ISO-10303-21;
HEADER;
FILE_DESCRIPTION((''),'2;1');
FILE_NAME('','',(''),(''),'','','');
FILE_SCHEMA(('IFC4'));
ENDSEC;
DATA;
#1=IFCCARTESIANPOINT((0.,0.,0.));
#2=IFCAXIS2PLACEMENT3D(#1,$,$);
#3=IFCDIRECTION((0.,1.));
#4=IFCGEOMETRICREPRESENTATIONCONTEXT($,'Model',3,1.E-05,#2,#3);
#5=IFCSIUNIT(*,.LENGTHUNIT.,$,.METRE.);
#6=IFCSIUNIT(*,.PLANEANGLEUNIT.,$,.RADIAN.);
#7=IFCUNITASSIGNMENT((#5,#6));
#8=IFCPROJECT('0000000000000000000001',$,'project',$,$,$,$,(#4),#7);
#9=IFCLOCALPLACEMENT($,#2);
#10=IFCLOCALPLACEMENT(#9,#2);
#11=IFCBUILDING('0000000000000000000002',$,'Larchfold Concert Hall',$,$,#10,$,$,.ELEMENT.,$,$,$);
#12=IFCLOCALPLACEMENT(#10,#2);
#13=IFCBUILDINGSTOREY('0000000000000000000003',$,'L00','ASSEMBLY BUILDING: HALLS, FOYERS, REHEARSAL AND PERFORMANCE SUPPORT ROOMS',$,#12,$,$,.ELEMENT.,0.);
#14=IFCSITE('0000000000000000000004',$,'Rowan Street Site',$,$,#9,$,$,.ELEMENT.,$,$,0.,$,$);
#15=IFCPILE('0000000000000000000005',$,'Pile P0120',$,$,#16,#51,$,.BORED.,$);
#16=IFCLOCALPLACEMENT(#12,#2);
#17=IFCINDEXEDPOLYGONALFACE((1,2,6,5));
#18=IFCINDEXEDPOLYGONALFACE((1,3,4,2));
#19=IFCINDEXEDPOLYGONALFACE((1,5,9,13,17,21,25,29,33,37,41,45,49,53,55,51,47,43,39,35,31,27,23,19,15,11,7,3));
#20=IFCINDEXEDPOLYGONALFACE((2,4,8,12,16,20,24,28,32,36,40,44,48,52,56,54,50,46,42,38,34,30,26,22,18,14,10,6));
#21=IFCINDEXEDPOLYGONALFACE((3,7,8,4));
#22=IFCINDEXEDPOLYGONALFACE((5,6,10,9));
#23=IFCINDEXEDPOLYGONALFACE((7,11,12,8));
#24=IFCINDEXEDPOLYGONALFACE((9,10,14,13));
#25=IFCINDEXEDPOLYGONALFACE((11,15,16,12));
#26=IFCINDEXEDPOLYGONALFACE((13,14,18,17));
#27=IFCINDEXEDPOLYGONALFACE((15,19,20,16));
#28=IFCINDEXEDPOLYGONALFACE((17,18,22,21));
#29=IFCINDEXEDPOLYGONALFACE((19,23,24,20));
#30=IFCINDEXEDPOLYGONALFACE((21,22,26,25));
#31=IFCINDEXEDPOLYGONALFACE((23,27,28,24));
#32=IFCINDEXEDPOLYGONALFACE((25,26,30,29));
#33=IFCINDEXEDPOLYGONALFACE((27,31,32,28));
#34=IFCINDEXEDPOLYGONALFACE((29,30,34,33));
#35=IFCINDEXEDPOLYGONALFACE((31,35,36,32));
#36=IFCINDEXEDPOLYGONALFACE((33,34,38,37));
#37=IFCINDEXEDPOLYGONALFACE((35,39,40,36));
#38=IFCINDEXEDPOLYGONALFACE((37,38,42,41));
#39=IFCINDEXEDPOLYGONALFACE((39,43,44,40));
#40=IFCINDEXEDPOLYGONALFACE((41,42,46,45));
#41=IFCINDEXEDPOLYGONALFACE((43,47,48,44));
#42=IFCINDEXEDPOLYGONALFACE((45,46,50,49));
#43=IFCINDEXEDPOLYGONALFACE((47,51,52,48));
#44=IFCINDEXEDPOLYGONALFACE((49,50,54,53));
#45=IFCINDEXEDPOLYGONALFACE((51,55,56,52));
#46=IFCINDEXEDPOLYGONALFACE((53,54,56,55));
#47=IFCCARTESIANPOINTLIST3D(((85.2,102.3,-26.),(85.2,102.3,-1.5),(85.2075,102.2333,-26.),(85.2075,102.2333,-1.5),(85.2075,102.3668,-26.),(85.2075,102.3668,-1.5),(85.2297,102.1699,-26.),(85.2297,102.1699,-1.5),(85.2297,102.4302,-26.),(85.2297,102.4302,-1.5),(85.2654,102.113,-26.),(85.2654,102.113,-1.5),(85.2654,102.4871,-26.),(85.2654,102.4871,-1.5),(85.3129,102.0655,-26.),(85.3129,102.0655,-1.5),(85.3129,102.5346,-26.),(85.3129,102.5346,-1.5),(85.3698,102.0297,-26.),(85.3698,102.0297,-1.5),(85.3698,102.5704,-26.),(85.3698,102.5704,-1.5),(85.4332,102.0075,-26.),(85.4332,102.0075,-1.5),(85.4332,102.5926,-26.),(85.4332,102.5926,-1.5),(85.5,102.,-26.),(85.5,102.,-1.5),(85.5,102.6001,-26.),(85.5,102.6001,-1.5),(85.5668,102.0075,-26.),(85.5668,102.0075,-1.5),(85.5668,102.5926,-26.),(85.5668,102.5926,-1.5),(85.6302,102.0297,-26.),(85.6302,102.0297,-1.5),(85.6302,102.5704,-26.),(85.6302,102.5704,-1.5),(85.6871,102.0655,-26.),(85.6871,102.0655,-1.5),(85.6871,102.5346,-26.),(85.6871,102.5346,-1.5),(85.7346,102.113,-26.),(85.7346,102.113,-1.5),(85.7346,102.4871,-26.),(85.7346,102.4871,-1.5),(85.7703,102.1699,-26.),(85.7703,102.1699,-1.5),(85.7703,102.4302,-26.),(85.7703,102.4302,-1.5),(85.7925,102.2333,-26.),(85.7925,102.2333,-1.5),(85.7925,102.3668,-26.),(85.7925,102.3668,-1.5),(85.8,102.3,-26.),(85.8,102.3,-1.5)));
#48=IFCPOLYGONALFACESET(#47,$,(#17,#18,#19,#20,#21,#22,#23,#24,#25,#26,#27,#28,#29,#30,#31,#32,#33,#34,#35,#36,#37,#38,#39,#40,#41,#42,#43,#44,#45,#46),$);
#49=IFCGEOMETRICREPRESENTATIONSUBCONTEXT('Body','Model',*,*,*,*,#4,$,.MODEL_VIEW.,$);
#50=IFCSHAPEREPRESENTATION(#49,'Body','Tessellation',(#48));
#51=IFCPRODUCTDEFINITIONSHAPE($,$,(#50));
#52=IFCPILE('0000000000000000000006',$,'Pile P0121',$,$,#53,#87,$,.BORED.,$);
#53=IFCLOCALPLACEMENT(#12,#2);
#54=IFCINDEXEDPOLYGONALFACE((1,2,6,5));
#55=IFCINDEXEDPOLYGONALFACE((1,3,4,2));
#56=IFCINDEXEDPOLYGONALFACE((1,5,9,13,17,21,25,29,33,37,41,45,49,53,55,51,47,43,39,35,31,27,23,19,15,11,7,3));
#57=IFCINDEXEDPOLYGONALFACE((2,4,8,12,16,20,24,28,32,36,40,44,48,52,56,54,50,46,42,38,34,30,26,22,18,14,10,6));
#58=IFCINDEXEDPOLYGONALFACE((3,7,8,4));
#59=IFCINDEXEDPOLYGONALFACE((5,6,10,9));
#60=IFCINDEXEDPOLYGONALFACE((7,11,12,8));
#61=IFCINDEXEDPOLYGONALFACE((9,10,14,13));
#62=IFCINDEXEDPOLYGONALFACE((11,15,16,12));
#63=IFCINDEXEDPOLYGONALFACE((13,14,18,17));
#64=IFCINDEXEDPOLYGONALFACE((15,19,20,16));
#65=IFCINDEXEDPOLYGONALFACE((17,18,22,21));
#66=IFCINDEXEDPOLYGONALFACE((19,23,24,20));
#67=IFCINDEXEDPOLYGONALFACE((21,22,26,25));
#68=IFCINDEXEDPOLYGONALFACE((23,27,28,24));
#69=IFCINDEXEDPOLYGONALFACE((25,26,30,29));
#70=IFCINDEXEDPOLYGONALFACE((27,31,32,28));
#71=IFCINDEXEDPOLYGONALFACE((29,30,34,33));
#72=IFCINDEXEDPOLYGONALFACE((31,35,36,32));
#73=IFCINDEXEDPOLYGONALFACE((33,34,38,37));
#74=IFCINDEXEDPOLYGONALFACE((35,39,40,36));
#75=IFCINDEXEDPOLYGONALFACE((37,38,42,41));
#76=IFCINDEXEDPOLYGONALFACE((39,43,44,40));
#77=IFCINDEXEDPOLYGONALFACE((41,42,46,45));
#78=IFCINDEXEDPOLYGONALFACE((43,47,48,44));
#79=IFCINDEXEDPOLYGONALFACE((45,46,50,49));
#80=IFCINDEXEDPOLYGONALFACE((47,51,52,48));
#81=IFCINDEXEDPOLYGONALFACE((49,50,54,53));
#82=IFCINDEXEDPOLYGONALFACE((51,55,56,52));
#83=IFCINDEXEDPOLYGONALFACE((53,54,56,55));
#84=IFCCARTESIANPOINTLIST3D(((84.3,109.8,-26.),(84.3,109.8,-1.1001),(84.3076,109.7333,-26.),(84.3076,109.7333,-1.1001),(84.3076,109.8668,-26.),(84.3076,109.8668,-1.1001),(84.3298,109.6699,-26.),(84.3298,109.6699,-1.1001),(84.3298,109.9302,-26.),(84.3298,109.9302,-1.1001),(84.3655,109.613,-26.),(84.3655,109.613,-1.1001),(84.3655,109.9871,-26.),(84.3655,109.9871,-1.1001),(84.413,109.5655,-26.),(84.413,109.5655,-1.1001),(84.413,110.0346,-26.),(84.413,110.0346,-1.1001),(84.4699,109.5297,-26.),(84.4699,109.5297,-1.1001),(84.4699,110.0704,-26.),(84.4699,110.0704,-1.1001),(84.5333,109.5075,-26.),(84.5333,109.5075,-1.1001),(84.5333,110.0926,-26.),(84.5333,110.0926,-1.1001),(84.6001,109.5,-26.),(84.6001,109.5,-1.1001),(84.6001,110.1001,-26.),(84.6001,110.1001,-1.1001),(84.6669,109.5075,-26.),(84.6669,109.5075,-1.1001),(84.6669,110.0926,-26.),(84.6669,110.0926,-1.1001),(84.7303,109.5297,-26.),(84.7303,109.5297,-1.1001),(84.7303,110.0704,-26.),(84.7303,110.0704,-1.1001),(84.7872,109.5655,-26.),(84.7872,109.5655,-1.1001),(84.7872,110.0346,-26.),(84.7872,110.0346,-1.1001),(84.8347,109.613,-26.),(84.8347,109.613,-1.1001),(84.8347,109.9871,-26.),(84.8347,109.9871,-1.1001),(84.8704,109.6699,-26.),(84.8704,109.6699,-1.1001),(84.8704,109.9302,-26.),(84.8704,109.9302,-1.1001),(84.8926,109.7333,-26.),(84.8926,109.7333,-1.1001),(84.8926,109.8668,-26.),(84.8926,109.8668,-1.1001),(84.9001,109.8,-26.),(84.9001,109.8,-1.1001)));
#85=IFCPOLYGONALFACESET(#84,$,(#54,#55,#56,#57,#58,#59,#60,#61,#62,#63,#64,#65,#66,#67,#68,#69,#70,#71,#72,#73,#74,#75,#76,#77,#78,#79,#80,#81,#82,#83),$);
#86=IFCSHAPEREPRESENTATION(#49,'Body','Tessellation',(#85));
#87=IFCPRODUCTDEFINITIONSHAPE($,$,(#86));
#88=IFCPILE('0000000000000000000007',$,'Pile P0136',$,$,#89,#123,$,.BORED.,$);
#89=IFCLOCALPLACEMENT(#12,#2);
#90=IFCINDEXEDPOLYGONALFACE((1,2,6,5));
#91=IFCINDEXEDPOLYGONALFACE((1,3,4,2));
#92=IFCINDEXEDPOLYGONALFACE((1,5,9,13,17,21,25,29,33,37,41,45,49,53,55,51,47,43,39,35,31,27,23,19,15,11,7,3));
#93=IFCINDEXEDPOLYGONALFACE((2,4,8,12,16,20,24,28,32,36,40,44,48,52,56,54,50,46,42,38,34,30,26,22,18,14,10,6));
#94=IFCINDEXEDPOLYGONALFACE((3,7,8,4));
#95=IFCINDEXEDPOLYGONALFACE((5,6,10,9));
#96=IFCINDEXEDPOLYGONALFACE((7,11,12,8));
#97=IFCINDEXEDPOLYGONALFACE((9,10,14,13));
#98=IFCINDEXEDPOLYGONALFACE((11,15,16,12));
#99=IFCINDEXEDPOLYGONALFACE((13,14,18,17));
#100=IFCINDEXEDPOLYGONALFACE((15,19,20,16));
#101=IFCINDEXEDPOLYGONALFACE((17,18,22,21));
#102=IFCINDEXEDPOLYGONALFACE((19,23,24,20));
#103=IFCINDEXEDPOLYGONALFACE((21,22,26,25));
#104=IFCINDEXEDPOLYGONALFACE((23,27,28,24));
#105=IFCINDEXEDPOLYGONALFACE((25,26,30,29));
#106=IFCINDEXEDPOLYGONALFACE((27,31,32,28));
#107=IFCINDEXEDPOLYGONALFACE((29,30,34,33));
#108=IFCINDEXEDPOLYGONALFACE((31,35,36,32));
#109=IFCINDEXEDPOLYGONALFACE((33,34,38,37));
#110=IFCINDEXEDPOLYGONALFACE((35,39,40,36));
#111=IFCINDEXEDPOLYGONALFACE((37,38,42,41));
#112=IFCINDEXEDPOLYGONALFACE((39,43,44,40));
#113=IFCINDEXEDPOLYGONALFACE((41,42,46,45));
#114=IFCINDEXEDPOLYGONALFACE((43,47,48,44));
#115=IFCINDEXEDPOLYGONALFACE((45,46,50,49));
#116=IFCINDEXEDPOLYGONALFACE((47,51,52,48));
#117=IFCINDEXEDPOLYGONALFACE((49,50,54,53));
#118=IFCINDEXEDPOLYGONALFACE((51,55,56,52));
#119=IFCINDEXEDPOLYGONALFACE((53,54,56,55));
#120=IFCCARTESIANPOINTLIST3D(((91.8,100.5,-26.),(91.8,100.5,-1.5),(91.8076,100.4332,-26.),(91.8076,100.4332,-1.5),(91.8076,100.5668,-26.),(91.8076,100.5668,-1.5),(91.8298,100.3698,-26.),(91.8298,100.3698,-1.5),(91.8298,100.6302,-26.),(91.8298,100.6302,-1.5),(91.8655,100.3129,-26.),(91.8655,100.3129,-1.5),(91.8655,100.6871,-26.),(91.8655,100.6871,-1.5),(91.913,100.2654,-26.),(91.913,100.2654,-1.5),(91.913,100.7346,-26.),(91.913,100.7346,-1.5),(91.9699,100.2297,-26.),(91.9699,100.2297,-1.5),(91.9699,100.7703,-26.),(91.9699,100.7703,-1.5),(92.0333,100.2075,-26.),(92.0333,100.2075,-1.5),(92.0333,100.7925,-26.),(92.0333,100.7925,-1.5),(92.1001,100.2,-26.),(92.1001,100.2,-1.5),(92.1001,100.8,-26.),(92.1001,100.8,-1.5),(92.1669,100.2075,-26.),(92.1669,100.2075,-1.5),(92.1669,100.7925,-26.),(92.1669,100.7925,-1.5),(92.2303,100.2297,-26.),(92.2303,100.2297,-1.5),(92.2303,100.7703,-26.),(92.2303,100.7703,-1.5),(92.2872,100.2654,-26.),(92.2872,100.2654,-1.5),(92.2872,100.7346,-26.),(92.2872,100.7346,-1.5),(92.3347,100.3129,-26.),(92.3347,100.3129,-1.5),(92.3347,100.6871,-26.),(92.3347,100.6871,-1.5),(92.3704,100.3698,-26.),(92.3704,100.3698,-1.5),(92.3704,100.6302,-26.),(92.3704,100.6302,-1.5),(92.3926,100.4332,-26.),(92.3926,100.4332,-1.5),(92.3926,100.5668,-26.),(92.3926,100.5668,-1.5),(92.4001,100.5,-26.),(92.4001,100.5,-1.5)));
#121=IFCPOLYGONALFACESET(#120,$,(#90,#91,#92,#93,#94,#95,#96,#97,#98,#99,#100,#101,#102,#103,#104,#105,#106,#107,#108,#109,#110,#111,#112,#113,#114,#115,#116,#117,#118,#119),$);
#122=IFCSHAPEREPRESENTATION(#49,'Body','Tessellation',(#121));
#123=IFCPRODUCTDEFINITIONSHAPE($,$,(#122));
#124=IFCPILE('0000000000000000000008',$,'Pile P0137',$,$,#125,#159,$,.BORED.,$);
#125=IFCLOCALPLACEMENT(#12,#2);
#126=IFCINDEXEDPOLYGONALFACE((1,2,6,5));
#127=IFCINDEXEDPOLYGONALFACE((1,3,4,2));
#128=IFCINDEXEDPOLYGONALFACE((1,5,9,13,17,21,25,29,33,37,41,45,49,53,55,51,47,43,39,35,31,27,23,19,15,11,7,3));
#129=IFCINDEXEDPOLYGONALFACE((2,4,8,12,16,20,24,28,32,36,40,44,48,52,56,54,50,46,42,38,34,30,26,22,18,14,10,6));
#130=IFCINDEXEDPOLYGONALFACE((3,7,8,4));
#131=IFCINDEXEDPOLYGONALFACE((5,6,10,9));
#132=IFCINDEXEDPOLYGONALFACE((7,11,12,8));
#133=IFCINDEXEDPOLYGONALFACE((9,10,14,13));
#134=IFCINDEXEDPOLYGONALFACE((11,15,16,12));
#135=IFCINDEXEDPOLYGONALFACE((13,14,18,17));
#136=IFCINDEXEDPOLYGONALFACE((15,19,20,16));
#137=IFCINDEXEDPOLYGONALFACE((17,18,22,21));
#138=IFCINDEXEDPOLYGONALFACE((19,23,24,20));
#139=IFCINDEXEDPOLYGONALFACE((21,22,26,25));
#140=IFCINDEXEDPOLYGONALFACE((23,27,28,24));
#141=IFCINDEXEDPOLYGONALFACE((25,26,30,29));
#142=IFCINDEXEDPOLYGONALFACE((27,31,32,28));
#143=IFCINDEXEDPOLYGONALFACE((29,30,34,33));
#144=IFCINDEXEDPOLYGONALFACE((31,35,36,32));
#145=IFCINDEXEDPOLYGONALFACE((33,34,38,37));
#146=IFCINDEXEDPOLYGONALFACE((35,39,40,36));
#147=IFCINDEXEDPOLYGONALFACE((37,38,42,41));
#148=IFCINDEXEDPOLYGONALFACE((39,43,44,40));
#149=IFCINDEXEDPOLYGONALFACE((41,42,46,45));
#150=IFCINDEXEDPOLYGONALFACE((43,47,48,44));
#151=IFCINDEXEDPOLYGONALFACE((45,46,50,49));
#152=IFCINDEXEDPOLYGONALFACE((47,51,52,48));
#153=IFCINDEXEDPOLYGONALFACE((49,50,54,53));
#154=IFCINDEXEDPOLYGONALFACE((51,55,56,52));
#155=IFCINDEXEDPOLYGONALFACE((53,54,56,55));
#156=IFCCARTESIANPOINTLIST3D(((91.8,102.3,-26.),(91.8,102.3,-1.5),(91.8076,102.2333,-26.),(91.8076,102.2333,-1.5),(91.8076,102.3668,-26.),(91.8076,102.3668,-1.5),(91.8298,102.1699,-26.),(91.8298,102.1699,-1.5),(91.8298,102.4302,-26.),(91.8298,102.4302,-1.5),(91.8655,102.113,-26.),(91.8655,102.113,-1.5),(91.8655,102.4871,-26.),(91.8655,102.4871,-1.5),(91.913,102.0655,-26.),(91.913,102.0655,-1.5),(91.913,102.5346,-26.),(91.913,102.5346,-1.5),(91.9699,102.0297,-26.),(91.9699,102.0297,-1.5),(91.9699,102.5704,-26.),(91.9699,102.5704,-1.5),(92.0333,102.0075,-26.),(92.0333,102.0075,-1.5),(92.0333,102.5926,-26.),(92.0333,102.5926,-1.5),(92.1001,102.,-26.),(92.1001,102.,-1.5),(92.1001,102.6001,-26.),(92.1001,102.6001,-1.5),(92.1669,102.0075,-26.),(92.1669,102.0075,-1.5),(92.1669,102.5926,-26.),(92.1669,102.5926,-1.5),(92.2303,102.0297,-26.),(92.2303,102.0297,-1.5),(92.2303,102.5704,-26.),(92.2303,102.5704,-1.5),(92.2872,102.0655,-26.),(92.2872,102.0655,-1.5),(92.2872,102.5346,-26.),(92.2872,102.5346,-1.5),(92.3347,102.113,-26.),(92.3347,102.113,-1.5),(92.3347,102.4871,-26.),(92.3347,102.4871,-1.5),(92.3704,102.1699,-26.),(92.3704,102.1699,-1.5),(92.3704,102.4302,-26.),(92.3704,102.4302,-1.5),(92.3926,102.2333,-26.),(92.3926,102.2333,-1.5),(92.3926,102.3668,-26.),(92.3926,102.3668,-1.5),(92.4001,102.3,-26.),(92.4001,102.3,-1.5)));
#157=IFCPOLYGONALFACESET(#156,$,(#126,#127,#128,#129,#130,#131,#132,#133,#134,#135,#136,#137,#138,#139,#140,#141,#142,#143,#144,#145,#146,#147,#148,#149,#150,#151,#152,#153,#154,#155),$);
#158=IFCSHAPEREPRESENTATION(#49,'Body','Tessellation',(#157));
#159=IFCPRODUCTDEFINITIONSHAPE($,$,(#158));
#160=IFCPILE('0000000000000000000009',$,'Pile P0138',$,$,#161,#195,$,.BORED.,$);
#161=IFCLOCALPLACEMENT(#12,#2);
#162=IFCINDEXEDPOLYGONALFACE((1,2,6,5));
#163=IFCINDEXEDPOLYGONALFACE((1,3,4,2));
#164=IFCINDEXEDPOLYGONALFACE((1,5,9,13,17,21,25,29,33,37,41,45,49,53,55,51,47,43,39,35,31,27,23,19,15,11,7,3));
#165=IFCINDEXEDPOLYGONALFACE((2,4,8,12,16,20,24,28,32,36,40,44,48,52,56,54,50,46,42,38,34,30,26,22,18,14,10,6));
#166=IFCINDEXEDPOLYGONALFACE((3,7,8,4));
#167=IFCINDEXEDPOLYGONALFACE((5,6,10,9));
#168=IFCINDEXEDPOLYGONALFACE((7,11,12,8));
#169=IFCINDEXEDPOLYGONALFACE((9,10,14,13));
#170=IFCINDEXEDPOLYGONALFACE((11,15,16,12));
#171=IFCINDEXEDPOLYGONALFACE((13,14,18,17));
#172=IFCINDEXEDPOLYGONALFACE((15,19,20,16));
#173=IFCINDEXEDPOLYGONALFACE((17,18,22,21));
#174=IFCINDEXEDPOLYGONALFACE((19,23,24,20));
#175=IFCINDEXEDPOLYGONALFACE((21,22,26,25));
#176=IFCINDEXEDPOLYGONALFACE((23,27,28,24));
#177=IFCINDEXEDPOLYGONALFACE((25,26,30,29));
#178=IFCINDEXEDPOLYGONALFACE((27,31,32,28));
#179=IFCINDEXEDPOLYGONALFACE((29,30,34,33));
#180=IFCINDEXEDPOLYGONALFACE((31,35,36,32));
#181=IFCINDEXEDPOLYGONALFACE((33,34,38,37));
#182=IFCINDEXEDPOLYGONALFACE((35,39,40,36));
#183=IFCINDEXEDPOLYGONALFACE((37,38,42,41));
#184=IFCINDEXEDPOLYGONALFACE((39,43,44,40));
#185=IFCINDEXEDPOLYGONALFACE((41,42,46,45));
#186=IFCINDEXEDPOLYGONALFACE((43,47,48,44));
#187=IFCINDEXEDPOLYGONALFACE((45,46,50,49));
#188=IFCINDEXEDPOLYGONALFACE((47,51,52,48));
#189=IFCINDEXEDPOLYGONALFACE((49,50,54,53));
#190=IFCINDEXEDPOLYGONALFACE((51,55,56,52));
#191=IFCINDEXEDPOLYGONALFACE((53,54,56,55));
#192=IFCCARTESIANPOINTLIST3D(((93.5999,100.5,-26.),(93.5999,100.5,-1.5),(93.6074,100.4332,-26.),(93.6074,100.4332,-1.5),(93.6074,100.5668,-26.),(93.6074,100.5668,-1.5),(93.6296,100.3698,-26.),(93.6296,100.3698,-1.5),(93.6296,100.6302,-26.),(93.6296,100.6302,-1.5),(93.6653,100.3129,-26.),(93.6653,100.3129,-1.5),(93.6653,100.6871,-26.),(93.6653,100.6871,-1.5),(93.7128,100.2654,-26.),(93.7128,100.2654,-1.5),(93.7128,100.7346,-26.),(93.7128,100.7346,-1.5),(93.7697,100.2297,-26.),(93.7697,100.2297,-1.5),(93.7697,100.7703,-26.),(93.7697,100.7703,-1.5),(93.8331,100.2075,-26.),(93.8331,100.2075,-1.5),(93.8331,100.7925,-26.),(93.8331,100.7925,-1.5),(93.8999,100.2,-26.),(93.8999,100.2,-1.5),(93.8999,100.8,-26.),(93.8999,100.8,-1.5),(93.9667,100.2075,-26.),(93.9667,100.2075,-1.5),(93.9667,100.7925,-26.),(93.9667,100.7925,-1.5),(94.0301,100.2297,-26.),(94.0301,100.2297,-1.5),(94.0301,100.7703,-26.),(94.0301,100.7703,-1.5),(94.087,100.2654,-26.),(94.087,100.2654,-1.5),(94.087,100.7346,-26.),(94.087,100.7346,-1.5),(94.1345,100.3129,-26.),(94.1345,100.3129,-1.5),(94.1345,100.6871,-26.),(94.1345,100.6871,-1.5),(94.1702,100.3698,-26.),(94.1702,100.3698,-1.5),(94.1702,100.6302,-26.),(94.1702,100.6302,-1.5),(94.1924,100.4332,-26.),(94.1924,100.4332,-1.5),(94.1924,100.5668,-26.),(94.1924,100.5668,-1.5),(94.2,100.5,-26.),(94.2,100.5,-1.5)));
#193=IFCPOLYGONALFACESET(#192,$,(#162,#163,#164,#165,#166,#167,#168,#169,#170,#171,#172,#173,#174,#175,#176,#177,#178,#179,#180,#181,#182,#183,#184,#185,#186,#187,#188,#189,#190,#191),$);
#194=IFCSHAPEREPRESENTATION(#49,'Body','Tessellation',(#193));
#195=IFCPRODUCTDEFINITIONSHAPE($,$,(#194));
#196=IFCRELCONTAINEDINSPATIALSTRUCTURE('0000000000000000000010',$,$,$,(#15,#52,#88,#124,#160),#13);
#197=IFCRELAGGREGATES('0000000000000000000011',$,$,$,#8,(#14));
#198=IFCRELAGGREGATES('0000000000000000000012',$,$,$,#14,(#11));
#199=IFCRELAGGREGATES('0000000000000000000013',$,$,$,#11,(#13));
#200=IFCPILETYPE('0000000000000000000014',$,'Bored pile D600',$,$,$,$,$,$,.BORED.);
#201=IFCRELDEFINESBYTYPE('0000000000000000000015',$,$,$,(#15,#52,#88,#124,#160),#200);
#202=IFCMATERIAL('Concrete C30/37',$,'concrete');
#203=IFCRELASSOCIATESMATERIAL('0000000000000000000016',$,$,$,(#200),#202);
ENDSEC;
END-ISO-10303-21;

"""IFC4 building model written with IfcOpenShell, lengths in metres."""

from ifc_helpers import new_model, si_unit, direction, frame, origin, origin_2d, place, context, subcontext, project, spatial, circle, extrude, material, material_profile, profile_set, type_object, element, save


model = new_model("IFC4")

# Units and contexts
model_context = context("Model", 3, precision=1e-05, world=origin(), true_north=direction((0.0, 1.0)))
body_context = subcontext(model_context, "Body", "Model", "MODEL_VIEW")
ifc_project = project(units=[si_unit("LENGTHUNIT", "METRE"), si_unit("PLANEANGLEUNIT", "RADIAN")], contexts=[model_context])

# Site, building, storey
site_placement = place(None, origin())
site = spatial("IfcSite", under=ifc_project, at=site_placement, Name="Rowan Street Site", CompositionType="ELEMENT", RefElevation=0.0)
building_placement = place(site_placement, origin())
building = spatial("IfcBuilding", under=site, at=building_placement, Name="Larchfold Concert Hall", CompositionType="ELEMENT")
storey_placement = place(building_placement, origin())
storey = spatial("IfcBuildingStorey", under=building, at=storey_placement, Name="L00", Description="ASSEMBLY BUILDING: HALLS, FOYERS, REHEARSAL AND PERFORMANCE SUPPORT ROOMS", CompositionType="ELEMENT", Elevation=0.0)

# Piles
ifc_material_1 = material(Name="Concrete C30/37", Category="concrete")
ifc_material_profile_1 = material_profile(ifc_material_1, circle(Radius=0.3, at=origin_2d()))
ifc_profile_set_1 = profile_set([ifc_material_profile_1], Name="Concrete C30/37")
pile_type = type_object("IfcPileType", Name="Bored pile D600", PredefinedType="BORED", material=ifc_profile_set_1)
pile_1_placement = place(storey_placement, frame((85.5, 102.3, -1.5), z_axis=(0.0, 0.0, -1.0), x_axis=(1.0, 0.0, 0.0)))
element("IfcPile", 1, at=pile_1_placement, inside=storey, type_object=pile_type, Name="Pile P0120", PredefinedType="BORED", context=body_context, shape_type="SweptSolid", body=[
    extrude(circle(Radius=0.3, at=origin_2d()), origin(), (0.0, 0.0, 1.0), 24.5),
])
pile_2_placement = place(storey_placement, frame((84.6001, 109.8, -1.1001), z_axis=(0.0, 0.0, -1.0), x_axis=(1.0, 0.0, 0.0)))
element("IfcPile", 2, at=pile_2_placement, inside=storey, type_object=pile_type, Name="Pile P0121", PredefinedType="BORED", context=body_context, shape_type="SweptSolid", body=[
    extrude(circle(Radius=0.3, at=origin_2d()), origin(), (0.0, 0.0, 1.0), 24.8999),
])
for number, where, z_axis, x_axis, name in (
    (3, (92.1001, 100.5, -1.5), (0.0, 0.0, -1.0), (1.0, 0.0, 0.0), "Pile P0136"),
    (4, (92.1001, 102.3, -1.5), (0.0, 0.0, -1.0), (1.0, 0.0, 0.0), "Pile P0137"),
    (5, (93.8999, 100.5, -1.5), (0.0, 0.0, -1.0), (1.0, 0.0, 0.0), "Pile P0138"),
):
    element("IfcPile", number, at=place(storey_placement, frame(where, z_axis=z_axis, x_axis=x_axis)), inside=storey, type_object=pile_type, Name=name, PredefinedType="BORED", context=body_context, shape_type="SweptSolid", body=[
        extrude(circle(Radius=0.3, at=origin_2d()), origin(), (0.0, 0.0, 1.0), 24.5),
    ])

save(model, "model.ifc")
